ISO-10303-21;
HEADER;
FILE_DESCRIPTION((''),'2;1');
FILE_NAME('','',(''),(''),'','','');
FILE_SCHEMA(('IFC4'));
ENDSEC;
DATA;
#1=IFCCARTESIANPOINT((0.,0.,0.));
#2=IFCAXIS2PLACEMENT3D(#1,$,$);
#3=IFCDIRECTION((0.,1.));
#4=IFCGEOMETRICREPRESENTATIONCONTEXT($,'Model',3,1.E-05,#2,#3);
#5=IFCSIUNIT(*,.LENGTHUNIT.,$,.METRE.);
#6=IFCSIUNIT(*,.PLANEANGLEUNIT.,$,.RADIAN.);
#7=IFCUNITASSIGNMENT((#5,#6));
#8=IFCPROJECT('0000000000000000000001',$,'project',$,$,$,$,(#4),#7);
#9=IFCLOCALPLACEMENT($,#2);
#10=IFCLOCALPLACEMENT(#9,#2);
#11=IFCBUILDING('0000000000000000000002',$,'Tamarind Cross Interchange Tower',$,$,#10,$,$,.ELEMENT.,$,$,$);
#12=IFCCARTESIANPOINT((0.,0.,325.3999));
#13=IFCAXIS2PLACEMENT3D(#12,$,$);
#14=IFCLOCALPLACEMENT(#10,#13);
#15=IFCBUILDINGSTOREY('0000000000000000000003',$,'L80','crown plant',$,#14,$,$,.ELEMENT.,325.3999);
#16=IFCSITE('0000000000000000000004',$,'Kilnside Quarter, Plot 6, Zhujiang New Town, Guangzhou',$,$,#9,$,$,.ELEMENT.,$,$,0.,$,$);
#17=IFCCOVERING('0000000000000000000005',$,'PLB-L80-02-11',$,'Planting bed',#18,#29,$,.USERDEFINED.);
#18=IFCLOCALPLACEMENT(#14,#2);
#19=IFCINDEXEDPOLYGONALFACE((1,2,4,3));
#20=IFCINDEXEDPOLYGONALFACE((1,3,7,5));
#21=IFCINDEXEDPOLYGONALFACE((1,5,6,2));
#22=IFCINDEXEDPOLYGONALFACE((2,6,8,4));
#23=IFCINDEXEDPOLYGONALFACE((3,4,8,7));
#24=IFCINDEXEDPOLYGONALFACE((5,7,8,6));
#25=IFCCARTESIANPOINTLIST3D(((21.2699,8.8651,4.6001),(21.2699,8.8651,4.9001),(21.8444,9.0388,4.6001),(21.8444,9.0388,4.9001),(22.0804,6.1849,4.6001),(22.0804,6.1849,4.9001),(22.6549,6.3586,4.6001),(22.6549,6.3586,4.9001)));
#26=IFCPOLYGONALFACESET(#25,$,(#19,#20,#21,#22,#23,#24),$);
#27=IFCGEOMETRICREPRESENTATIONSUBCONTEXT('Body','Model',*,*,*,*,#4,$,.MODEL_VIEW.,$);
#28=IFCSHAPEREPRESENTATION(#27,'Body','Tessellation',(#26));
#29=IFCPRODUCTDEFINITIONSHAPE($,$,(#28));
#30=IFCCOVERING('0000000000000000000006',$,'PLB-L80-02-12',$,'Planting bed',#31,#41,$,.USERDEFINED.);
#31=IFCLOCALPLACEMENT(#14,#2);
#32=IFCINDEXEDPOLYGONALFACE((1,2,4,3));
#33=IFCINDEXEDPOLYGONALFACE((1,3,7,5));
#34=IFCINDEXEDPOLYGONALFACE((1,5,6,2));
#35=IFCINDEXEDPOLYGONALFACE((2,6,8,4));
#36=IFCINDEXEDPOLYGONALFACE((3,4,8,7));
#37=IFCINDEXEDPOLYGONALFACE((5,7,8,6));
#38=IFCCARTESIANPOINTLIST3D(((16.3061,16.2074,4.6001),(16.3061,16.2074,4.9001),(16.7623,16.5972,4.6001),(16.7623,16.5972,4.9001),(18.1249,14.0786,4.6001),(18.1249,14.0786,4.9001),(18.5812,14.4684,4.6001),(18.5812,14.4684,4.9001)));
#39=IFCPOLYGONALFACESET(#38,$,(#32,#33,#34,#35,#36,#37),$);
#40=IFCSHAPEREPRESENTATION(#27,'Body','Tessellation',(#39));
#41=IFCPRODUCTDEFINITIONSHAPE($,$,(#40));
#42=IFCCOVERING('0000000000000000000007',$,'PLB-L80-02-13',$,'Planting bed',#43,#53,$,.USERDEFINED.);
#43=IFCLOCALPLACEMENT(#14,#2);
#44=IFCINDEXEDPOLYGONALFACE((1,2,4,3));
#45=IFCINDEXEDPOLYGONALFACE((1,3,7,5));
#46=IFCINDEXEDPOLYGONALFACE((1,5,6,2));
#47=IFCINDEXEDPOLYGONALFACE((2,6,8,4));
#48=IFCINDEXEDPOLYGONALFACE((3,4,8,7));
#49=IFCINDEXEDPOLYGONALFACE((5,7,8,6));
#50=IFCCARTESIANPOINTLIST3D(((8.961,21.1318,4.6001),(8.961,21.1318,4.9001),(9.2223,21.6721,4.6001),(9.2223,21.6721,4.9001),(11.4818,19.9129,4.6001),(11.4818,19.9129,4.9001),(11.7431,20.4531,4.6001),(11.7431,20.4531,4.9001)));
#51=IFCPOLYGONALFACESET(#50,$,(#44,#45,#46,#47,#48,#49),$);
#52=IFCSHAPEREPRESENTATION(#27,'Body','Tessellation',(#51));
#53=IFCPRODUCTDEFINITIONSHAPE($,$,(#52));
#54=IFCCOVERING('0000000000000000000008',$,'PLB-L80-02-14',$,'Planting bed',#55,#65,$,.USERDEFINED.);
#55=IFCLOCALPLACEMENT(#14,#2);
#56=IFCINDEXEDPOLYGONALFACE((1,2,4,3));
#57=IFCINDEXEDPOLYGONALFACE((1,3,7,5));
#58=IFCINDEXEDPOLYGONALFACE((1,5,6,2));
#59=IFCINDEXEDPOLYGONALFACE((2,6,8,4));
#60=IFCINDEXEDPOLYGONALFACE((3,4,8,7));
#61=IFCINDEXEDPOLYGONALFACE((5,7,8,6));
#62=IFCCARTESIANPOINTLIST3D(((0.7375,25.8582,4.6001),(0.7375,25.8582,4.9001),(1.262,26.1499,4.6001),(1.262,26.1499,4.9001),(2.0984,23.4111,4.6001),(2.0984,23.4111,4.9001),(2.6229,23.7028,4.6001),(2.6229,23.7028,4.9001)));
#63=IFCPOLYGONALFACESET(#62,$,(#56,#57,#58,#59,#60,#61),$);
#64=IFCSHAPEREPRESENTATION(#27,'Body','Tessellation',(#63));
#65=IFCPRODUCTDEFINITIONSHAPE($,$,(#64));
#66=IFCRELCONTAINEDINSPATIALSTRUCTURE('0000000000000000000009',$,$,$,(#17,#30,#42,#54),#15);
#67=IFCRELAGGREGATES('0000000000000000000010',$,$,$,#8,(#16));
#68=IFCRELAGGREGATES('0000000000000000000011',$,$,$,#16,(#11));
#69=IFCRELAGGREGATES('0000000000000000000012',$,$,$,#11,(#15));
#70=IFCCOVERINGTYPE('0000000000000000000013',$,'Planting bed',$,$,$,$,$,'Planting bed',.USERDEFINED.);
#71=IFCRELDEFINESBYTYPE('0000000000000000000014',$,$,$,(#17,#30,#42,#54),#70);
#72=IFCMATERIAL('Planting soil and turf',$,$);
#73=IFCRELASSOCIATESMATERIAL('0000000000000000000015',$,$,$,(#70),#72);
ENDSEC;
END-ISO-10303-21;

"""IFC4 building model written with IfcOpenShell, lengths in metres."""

from ifc_helpers import new_model, si_unit, direction, frame, origin, origin_2d, place, context, subcontext, project, spatial, rectangle, extrude, material, type_object, element, save


model = new_model("IFC4")

# Units and contexts
model_context = context("Model", 3, precision=1e-05, world=origin(), true_north=direction((0.0, 1.0)))
body_context = subcontext(model_context, "Body", "Model", "MODEL_VIEW")
ifc_project = project(units=[si_unit("LENGTHUNIT", "METRE"), si_unit("PLANEANGLEUNIT", "RADIAN")], contexts=[model_context])

# Site, building, storey
site_placement = place(None, origin())
site = spatial("IfcSite", under=ifc_project, at=site_placement, Name="Kilnside Quarter, Plot 6, Zhujiang New Town, Guangzhou", CompositionType="ELEMENT", RefElevation=0.0)
building_placement = place(site_placement, origin())
building = spatial("IfcBuilding", under=site, at=building_placement, Name="Tamarind Cross Interchange Tower", CompositionType="ELEMENT")
storey_placement = place(building_placement, frame((0.0, 0.0, 325.3999)))
storey = spatial("IfcBuildingStorey", under=building, at=storey_placement, Name="L80", Description="crown plant", CompositionType="ELEMENT", Elevation=325.3999)

# Coverings
ifc_material_1 = material(Name="Planting soil and turf")
covering_type_1 = type_object("IfcCoveringType", Name="Planting bed", ElementType="Planting bed", PredefinedType="USERDEFINED", material=ifc_material_1)
for number, where, z_axis, x_axis, name in (
    (1, (21.9624, 7.6118, 4.6001), (0.0, 0.0, 1.0), (-0.289458, 0.957191, 0.0), "PLB-L80-02-11"),
    (2, (17.4436, 15.3379, 4.6001), (0.0, 0.0, 1.0), (-0.649577, 0.760296, 0.0), "PLB-L80-02-12"),
    (3, (10.3521, 20.7925, 4.6001), (0.0, 0.0, 1.0), (-0.900273, 0.435326, 0.0), "PLB-L80-02-13"),
    (4, (1.6802, 24.7805, 4.6001), (0.0, 0.0, 1.0), (-0.486026, 0.873944, 0.0), "PLB-L80-02-14"),
):
    element("IfcCovering", number, at=place(storey_placement, frame(where, z_axis=z_axis, x_axis=x_axis)), inside=storey, type_object=covering_type_1, Name=name, ObjectType="Planting bed", PredefinedType="USERDEFINED", context=body_context, shape_type="SweptSolid", body=[
        extrude(rectangle(XDim=2.8, YDim=0.6001, at=origin_2d()), origin(), (0.0, 0.0, 1.0), 0.3),
    ])

save(model, "model.ifc")
